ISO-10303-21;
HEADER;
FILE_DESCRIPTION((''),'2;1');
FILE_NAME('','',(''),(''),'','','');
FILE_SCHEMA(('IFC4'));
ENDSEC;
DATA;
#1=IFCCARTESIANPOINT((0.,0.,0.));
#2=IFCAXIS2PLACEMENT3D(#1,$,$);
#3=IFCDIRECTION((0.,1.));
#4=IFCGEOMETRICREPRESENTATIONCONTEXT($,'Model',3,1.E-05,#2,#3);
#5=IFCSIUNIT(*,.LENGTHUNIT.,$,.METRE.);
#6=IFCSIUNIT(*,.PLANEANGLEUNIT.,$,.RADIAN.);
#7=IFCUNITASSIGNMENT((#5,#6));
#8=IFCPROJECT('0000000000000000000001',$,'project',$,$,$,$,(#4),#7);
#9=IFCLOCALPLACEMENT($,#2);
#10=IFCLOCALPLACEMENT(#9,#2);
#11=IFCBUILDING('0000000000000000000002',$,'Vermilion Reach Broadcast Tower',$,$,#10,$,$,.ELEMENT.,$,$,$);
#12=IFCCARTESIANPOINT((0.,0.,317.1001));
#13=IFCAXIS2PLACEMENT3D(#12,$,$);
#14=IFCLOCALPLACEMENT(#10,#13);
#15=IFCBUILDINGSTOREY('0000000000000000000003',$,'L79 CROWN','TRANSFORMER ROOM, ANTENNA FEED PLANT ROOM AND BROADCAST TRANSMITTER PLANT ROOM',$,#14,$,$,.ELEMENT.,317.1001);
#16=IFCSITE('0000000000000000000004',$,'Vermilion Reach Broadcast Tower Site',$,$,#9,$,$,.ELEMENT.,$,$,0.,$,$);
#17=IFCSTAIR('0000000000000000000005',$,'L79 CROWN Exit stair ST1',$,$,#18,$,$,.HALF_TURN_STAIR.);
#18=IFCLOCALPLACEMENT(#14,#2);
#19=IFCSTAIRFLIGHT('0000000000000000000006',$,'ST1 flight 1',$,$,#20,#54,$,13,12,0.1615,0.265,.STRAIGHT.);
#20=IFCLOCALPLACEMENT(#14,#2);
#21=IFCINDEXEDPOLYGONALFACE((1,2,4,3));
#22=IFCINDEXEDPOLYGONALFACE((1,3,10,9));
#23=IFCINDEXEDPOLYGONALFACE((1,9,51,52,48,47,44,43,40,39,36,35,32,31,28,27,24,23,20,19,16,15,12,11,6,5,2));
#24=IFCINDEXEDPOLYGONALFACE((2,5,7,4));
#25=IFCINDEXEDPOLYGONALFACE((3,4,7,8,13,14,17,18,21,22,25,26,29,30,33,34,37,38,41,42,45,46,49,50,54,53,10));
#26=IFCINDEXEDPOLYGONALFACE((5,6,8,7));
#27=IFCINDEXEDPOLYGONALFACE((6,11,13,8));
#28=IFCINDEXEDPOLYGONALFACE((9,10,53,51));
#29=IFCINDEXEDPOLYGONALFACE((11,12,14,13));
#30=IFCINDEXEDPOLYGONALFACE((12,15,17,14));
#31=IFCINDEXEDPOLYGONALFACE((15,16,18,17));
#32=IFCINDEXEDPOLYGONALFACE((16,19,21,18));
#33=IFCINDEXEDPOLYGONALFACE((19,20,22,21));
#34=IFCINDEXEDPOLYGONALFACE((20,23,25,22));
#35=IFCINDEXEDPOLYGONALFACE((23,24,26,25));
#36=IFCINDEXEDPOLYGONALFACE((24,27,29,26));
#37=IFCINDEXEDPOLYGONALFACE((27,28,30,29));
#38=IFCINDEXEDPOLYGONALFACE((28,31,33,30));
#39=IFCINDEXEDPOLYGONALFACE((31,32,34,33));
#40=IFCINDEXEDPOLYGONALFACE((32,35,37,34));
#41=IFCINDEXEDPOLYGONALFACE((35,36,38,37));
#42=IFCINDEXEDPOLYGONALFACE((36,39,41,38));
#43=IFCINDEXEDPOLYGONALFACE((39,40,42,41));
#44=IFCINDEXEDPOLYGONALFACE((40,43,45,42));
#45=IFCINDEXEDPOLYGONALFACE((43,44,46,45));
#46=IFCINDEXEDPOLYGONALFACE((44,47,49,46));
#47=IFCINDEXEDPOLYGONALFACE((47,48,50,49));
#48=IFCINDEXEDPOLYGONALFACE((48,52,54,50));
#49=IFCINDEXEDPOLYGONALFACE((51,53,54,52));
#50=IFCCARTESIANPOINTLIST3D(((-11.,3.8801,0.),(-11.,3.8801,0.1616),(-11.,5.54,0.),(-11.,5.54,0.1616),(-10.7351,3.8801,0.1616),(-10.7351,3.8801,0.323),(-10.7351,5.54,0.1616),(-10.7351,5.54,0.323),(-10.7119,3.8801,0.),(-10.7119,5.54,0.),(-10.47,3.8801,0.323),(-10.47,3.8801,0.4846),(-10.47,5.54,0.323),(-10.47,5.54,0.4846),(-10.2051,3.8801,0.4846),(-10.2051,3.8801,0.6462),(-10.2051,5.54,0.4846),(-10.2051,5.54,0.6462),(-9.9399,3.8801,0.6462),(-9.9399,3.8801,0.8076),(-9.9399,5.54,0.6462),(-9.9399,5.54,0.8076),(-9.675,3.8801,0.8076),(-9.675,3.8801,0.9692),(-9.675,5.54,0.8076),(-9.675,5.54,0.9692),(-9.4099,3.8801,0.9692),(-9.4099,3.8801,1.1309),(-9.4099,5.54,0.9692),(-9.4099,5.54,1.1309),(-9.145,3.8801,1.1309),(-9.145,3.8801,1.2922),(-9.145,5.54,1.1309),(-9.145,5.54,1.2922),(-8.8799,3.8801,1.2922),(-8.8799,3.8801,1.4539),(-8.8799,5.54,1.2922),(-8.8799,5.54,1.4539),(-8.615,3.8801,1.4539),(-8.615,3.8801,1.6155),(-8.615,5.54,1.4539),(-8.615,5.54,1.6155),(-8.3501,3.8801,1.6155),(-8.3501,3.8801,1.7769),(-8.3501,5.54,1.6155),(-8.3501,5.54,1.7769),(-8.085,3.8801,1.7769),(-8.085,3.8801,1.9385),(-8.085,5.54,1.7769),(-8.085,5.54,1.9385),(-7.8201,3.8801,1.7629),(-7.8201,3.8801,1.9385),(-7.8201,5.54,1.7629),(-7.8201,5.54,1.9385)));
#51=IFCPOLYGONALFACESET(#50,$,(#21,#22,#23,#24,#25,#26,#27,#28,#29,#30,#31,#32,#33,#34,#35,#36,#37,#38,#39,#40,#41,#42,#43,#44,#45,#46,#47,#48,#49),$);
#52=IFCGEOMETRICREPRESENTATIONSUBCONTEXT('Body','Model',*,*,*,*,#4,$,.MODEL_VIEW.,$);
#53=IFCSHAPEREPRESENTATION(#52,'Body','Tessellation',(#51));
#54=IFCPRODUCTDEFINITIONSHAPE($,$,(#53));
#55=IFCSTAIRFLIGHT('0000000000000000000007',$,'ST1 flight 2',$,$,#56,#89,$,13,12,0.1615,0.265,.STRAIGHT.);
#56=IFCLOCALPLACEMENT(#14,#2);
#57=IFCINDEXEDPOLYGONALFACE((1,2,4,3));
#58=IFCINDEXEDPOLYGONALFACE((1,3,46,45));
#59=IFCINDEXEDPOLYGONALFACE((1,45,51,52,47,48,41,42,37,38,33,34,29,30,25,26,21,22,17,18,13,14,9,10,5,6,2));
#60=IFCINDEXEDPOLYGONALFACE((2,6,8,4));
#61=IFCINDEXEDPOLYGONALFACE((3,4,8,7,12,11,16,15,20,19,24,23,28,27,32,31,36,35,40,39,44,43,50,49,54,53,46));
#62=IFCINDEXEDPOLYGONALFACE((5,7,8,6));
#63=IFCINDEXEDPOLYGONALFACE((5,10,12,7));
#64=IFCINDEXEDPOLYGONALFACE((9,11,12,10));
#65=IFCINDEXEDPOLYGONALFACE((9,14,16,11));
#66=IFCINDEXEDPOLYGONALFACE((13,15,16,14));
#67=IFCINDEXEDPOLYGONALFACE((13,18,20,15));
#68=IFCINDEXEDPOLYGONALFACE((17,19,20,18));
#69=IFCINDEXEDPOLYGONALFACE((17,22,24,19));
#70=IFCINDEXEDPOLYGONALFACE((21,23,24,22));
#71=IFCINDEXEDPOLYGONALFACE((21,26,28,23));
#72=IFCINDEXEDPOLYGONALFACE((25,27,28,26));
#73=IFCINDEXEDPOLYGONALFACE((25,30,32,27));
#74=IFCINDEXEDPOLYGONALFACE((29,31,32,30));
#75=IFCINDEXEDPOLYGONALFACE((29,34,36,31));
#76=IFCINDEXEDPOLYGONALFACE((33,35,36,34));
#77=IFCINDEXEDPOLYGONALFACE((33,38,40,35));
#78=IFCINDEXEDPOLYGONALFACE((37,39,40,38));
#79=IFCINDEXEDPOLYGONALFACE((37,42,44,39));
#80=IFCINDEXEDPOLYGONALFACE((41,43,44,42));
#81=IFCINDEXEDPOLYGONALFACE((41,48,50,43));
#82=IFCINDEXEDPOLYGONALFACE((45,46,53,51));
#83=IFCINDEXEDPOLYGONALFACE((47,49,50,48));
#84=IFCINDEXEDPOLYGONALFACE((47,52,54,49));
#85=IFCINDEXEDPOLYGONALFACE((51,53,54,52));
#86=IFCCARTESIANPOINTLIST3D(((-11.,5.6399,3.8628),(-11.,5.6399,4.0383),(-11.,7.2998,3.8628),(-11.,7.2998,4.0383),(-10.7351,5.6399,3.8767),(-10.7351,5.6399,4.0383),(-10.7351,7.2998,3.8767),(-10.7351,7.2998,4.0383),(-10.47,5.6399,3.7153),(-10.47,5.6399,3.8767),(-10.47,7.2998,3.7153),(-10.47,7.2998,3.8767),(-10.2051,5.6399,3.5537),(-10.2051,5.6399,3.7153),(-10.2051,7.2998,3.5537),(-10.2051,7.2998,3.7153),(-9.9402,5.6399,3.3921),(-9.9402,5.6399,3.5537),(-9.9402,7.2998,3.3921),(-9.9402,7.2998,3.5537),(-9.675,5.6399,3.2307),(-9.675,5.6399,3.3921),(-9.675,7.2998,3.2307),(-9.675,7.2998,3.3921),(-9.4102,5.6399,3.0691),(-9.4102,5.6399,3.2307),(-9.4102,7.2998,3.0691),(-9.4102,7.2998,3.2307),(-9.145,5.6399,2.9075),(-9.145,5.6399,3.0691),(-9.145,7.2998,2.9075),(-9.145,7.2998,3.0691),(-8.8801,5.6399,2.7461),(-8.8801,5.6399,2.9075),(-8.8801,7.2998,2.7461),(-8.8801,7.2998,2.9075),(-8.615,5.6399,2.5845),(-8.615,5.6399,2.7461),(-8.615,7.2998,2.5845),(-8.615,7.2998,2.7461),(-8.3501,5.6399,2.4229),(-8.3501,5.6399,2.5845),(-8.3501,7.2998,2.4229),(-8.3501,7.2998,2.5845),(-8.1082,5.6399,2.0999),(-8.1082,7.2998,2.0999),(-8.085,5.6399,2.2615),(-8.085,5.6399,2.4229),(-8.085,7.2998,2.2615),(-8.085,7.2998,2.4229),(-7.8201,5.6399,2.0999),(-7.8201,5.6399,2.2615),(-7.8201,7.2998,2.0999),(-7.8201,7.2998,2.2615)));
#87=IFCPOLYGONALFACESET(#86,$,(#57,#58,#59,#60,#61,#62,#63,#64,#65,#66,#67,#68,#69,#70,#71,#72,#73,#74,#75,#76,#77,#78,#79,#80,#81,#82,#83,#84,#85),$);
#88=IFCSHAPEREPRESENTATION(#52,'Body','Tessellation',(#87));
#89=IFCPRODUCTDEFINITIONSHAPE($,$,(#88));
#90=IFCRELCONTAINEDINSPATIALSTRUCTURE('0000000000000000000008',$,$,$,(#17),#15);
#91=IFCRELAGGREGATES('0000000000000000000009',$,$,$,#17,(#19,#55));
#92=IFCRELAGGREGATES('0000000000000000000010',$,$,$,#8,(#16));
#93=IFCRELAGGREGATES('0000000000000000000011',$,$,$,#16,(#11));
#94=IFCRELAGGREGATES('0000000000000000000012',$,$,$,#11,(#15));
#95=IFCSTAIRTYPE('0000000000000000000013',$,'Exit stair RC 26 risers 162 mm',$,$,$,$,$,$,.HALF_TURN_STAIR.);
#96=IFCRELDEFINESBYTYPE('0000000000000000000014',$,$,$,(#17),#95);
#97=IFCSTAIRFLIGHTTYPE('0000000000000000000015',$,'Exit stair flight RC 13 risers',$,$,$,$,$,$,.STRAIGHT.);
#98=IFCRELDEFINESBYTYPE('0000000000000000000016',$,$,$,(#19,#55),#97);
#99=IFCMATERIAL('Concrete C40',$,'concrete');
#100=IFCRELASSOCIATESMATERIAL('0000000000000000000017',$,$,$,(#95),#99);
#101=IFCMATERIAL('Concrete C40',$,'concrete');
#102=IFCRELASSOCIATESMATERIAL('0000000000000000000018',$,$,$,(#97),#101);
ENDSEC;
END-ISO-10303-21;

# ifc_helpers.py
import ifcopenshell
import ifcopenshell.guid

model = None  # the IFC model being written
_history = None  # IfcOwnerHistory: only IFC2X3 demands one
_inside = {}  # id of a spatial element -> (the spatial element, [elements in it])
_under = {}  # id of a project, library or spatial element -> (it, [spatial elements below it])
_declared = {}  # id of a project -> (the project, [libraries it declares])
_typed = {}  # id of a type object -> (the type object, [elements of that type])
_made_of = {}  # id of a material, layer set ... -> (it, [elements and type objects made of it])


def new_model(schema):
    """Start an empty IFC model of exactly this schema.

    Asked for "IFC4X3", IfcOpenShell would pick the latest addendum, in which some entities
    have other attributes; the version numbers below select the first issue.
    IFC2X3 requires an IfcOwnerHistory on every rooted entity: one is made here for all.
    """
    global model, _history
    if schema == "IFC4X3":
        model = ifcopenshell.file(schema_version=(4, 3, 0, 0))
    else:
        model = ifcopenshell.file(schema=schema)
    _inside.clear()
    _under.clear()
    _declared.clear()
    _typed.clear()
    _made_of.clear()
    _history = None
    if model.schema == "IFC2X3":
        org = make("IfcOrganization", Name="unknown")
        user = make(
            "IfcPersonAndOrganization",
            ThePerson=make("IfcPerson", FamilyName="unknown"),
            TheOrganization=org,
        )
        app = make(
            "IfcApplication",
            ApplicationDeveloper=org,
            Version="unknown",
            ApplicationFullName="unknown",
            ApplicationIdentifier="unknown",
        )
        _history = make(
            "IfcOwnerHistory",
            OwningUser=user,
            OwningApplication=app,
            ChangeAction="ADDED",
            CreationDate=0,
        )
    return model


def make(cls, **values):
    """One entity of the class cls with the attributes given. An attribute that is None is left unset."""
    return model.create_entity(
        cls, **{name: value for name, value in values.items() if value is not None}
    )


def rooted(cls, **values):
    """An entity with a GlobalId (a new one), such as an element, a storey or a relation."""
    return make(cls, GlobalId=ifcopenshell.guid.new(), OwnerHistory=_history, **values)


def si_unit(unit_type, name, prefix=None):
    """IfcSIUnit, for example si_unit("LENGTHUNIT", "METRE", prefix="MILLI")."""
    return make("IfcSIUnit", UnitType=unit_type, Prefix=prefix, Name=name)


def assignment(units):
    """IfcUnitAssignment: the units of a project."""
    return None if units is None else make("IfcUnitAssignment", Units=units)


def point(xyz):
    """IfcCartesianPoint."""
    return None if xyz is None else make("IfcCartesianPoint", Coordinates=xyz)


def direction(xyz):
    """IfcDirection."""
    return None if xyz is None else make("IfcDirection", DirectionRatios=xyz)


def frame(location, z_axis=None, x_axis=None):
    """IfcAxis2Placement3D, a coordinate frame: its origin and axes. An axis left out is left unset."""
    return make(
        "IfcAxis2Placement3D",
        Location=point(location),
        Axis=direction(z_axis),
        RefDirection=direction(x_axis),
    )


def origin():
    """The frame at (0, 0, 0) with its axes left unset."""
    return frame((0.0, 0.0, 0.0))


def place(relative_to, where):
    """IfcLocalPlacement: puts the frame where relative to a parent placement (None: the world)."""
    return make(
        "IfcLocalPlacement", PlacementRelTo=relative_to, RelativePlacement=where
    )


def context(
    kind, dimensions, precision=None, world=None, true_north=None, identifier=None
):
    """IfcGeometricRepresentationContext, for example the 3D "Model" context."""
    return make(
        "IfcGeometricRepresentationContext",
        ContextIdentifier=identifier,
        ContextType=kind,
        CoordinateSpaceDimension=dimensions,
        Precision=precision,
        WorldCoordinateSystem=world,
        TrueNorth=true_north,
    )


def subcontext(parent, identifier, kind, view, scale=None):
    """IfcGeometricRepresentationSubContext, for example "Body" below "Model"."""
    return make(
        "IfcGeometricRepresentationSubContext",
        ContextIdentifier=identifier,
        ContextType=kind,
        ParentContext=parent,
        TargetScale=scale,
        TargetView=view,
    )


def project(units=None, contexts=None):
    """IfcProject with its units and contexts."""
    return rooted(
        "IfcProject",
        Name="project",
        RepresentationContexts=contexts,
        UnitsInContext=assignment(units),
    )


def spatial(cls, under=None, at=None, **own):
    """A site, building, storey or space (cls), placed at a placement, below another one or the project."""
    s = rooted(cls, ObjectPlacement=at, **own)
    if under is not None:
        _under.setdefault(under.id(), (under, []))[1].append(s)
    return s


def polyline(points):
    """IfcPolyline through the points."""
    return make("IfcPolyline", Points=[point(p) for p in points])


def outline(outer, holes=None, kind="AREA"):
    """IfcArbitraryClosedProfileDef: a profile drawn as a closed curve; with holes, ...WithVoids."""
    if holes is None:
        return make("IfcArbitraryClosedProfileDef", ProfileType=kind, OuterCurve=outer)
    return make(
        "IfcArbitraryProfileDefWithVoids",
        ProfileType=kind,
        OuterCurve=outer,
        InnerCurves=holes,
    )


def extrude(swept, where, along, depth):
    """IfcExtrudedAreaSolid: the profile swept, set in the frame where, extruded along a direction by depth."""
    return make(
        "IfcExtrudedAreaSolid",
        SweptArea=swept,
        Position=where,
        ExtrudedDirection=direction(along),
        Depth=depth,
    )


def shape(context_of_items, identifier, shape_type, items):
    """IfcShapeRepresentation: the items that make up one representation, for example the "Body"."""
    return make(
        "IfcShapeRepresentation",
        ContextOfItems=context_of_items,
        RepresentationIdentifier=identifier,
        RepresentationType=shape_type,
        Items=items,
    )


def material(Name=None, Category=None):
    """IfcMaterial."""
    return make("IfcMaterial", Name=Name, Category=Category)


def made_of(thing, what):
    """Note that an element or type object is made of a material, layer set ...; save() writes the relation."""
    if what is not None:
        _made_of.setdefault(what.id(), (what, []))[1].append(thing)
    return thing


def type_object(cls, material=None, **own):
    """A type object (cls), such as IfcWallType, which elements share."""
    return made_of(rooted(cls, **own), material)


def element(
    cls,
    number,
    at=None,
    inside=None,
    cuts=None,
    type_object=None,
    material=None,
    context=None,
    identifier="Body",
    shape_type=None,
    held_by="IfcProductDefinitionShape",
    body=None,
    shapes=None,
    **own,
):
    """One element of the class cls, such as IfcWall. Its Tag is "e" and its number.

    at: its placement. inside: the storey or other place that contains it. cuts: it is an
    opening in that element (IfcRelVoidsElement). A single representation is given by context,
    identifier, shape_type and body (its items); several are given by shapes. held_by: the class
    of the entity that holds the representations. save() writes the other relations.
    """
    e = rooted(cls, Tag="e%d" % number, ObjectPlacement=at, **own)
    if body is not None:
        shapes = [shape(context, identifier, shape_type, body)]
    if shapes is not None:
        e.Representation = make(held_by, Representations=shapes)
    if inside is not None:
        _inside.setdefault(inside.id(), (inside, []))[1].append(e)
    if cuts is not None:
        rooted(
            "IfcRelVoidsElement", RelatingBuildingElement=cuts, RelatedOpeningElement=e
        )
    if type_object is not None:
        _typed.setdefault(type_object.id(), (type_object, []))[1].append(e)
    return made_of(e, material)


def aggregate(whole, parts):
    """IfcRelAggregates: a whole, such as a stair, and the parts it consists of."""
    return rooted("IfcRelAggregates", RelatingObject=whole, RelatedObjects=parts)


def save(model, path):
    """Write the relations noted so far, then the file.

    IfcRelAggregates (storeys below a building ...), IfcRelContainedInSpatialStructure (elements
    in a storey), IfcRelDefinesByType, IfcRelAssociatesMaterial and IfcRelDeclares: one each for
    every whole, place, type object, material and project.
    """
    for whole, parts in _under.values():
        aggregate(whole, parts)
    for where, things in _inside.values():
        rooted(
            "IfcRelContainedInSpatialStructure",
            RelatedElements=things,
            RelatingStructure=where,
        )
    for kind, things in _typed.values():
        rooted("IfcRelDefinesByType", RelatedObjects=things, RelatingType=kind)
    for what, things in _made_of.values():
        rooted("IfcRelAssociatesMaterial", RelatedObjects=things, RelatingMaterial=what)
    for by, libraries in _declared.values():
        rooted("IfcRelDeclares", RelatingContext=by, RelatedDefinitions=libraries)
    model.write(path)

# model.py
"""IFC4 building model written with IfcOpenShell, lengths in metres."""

from ifc_helpers import new_model, si_unit, direction, frame, origin, place, context, subcontext, project, spatial, polyline, outline, extrude, material, type_object, element, aggregate, save


model = new_model("IFC4")

# Units and contexts
model_context = context("Model", 3, precision=1e-05, world=origin(), true_north=direction((0.0, 1.0)))
body_context = subcontext(model_context, "Body", "Model", "MODEL_VIEW")
ifc_project = project(units=[si_unit("LENGTHUNIT", "METRE"), si_unit("PLANEANGLEUNIT", "RADIAN")], contexts=[model_context])

# Site, building, storey
site_placement = place(None, origin())
site = spatial("IfcSite", under=ifc_project, at=site_placement, Name="Vermilion Reach Broadcast Tower Site", CompositionType="ELEMENT", RefElevation=0.0)
building_placement = place(site_placement, origin())
building = spatial("IfcBuilding", under=site, at=building_placement, Name="Vermilion Reach Broadcast Tower", CompositionType="ELEMENT")
storey_placement = place(building_placement, frame((0.0, 0.0, 317.1001)))
storey = spatial("IfcBuildingStorey", under=building, at=storey_placement, Name="L79 CROWN", Description="TRANSFORMER ROOM, ANTENNA FEED PLANT ROOM AND BROADCAST TRANSMITTER PLANT ROOM", CompositionType="ELEMENT", Elevation=317.1001)

# Stair, stair flights
ifc_material_1 = material(Name="Concrete C40", Category="concrete")
stair_type = type_object("IfcStairType", Name="Exit stair RC 26 risers 162 mm", PredefinedType="HALF_TURN_STAIR", material=ifc_material_1)
stair_placement = place(storey_placement, origin())
stair = element("IfcStair", 1, at=stair_placement, inside=storey, type_object=stair_type, Name="L79 CROWN Exit stair ST1", PredefinedType="HALF_TURN_STAIR")
ifc_material_2 = material(Name="Concrete C40", Category="concrete")
stair_flight_type = type_object("IfcStairFlightType", Name="Exit stair flight RC 13 risers", PredefinedType="STRAIGHT", material=ifc_material_2)
stair_flight_1_placement = place(storey_placement, frame((-11.0, 4.71, 0.0), z_axis=(0.0, 0.0, 1.0), x_axis=(1.0, 0.0, 0.0)))
stair_flight_1 = element("IfcStairFlight", 2, at=stair_flight_1_placement, type_object=stair_flight_type, Name="ST1 flight 1", NumberOfRisers=13, NumberOfTreads=12, PredefinedType="STRAIGHT", RiserHeight=0.1615, TreadLength=0.265, context=body_context, shape_type="SweptSolid", body=[
    extrude(outline(polyline([(0.0, 0.0), (0.0, 0.1616), (0.2649, 0.1616), (0.2649, 0.323), (0.53, 0.323), (0.53, 0.4846), (0.7949, 0.4846), (0.7949, 0.6462), (1.0601, 0.6462), (1.0601, 0.8076), (1.325, 0.8076), (1.325, 0.9692), (1.5901, 0.9692), (1.5901, 1.1309), (1.855, 1.1309), (1.855, 1.2922), (2.1201, 1.2922), (2.1201, 1.4539), (2.385, 1.4539), (2.385, 1.6155), (2.6499, 1.6155), (2.6499, 1.7769), (2.915, 1.7769), (2.915, 1.9385), (3.1799, 1.9385), (3.1799, 2.1001), (3.1799, 1.7629), (0.2881, 0.0), (0.0, 0.0)])), frame((0.0, 0.8301, 0.0), z_axis=(0.0, -1.0, 0.0), x_axis=(1.0, 0.0, 0.0)), (0.0, 0.0, 1.0), 1.6599),
])
stair_flight_2_placement = place(storey_placement, frame((-7.8201, 6.47, 2.0999), z_axis=(0.0, 0.0, 1.0), x_axis=(-1.0, 0.0, 0.0)))
stair_flight_2 = element("IfcStairFlight", 3, at=stair_flight_2_placement, type_object=stair_flight_type, Name="ST1 flight 2", NumberOfRisers=13, NumberOfTreads=12, PredefinedType="STRAIGHT", RiserHeight=0.1615, TreadLength=0.265, context=body_context, shape_type="SweptSolid", body=[
    extrude(outline(polyline([(0.0, 0.0), (0.0, 0.1616), (0.2649, 0.1616), (0.2649, 0.323), (0.53, 0.323), (0.53, 0.4846), (0.7949, 0.4846), (0.7949, 0.6462), (1.0601, 0.6462), (1.0601, 0.8076), (1.325, 0.8076), (1.325, 0.9692), (1.5901, 0.9692), (1.5901, 1.1309), (1.855, 1.1309), (1.855, 1.2922), (2.1201, 1.2922), (2.1201, 1.4539), (2.385, 1.4539), (2.385, 1.6155), (2.6499, 1.6155), (2.6499, 1.7769), (2.915, 1.7769), (2.915, 1.9385), (3.1799, 1.9385), (3.1799, 2.1001), (3.1799, 1.7629), (0.2881, 0.0), (0.0, 0.0)])), frame((0.0, 0.8301, 0.0), z_axis=(0.0, -1.0, 0.0), x_axis=(1.0, 0.0, 0.0)), (0.0, 0.0, 1.0), 1.6599),
])
aggregate(stair, [stair_flight_1, stair_flight_2])

save(model, "model.ifc")
